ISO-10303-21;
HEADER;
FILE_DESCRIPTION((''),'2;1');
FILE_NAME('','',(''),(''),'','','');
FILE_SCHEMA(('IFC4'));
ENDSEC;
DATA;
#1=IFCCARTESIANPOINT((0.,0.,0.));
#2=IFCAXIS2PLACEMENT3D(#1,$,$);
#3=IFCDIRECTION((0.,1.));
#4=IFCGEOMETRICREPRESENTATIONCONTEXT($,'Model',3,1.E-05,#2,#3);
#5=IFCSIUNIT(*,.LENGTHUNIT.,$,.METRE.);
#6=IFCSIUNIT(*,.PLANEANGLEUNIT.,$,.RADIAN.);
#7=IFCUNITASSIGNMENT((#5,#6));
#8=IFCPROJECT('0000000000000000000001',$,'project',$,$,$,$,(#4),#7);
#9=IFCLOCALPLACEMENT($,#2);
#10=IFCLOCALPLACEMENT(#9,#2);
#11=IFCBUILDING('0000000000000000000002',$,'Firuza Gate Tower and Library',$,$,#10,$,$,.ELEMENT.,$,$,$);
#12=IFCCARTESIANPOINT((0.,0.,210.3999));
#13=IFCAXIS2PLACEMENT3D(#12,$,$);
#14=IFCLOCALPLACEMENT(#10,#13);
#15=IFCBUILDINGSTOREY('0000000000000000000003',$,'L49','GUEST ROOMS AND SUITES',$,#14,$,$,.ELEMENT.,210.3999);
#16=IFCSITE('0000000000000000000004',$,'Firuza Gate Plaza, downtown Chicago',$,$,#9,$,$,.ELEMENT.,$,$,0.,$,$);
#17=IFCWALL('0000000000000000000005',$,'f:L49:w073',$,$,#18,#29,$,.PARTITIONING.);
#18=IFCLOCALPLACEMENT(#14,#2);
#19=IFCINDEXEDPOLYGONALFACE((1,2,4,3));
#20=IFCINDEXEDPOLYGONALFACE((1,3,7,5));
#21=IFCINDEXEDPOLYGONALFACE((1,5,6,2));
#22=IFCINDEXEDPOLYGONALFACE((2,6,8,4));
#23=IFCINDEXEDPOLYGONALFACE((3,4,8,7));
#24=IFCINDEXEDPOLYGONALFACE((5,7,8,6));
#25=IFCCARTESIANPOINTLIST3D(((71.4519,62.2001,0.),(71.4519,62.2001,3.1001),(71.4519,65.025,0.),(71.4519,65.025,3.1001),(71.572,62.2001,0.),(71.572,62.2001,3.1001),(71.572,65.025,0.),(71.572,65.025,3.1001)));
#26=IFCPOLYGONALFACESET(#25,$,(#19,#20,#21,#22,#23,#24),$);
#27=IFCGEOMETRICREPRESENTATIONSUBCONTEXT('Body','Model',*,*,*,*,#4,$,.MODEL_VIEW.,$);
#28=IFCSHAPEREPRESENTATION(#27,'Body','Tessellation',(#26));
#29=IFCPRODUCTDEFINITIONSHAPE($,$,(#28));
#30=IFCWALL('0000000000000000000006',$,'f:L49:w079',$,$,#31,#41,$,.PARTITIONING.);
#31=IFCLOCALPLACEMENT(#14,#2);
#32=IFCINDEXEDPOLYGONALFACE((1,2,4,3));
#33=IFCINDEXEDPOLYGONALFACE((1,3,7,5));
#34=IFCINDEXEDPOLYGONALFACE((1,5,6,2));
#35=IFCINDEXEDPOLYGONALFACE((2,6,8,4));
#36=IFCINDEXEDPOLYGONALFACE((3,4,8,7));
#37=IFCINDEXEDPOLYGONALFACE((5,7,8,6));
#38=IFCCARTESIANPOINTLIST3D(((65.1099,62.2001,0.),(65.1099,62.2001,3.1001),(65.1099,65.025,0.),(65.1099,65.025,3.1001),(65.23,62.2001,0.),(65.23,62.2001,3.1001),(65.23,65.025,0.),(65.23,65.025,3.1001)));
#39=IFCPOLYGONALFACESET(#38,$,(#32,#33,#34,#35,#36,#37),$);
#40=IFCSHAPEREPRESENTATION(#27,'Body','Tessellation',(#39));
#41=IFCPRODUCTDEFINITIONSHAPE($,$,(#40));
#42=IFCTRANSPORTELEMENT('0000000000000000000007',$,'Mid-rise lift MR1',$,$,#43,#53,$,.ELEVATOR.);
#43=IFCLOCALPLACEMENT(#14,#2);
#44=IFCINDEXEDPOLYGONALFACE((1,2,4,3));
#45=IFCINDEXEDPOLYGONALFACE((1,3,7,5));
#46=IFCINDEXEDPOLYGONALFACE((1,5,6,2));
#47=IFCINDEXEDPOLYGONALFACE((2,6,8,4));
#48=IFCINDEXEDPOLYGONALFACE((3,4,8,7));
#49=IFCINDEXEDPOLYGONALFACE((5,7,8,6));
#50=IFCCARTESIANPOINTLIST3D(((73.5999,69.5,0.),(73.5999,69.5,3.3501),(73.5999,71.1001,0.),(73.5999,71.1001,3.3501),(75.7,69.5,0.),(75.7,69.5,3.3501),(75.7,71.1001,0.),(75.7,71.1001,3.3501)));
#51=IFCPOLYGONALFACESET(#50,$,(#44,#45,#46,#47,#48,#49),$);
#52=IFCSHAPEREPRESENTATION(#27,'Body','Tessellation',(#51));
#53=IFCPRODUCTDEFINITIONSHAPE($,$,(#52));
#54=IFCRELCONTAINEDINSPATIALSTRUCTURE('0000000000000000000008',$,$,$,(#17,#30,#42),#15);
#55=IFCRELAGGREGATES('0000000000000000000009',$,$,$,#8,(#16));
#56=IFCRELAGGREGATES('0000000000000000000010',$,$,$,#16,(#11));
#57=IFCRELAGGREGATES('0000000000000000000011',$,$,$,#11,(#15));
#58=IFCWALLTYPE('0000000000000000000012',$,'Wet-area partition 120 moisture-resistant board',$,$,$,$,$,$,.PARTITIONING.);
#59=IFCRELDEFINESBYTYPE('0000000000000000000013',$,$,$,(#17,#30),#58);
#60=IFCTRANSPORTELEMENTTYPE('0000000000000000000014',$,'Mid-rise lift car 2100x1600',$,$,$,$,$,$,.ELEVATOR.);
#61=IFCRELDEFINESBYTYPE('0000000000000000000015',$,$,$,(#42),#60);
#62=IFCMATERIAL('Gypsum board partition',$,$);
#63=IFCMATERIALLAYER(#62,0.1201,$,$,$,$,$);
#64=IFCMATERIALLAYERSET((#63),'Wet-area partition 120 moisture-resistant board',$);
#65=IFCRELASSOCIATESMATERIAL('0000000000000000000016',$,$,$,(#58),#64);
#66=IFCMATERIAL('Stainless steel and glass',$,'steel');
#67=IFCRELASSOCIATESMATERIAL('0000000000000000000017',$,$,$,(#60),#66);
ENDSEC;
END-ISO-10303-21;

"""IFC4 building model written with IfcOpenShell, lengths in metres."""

from ifc_helpers import new_model, si_unit, direction, frame, frame_2d, origin, origin_2d, place, context, subcontext, project, spatial, rectangle, extrude, material, layer, layer_set, type_object, element, save


model = new_model("IFC4")

# Units and contexts
model_context = context("Model", 3, precision=1e-05, world=origin(), true_north=direction((0.0, 1.0)))
body_context = subcontext(model_context, "Body", "Model", "MODEL_VIEW")
ifc_project = project(units=[si_unit("LENGTHUNIT", "METRE"), si_unit("PLANEANGLEUNIT", "RADIAN")], contexts=[model_context])

# Site, building, storey
site_placement = place(None, origin())
site = spatial("IfcSite", under=ifc_project, at=site_placement, Name="Firuza Gate Plaza, downtown Chicago", CompositionType="ELEMENT", RefElevation=0.0)
building_placement = place(site_placement, origin())
building = spatial("IfcBuilding", under=site, at=building_placement, Name="Firuza Gate Tower and Library", CompositionType="ELEMENT")
storey_placement = place(building_placement, frame((0.0, 0.0, 210.3999)))
storey = spatial("IfcBuildingStorey", under=building, at=storey_placement, Name="L49", Description="GUEST ROOMS AND SUITES", CompositionType="ELEMENT", Elevation=210.3999)

# Shared definitions
ifc_material_1 = material(Name="Gypsum board partition")
ifc_layer_1 = layer(ifc_material_1, 0.1201)
ifc_layer_set_1 = layer_set([ifc_layer_1], Name="Wet-area partition 120 moisture-resistant board")
wall_type_1 = type_object("IfcWallType", Name="Wet-area partition 120 moisture-resistant board", PredefinedType="PARTITIONING", material=ifc_layer_set_1)

# Walls
for number, where, z_axis, x_axis, name in (
    (1, (71.512, 62.2, 0.0), (0.0, 0.0, 1.0), (0.0, 1.0, 0.0), "f:L49:w073"),
    (2, (65.1699, 62.2, 0.0), (0.0, 0.0, 1.0), (0.0, 1.0, 0.0), "f:L49:w079"),
):
    element("IfcWall", number, at=place(storey_placement, frame(where, z_axis=z_axis, x_axis=x_axis)), inside=storey, type_object=wall_type_1, Name=name, PredefinedType="PARTITIONING", context=body_context, shape_type="SweptSolid", body=[
        extrude(rectangle(XDim=2.825, YDim=0.1201, at=frame_2d((1.4126, 0.0))), origin(), (0.0, 0.0, 1.0), 3.1001),
    ])

# Transport element
ifc_material_2 = material(Name="Stainless steel and glass", Category="steel")
transport_element_type = type_object("IfcTransportElementType", Name="Mid-rise lift car 2100x1600", PredefinedType="ELEVATOR", material=ifc_material_2)
transport_element_placement = place(storey_placement, frame((74.6499, 70.3, 0.0), z_axis=(0.0, 0.0, 1.0), x_axis=(1.0, 0.0, 0.0)))
element("IfcTransportElement", 3, at=transport_element_placement, inside=storey, type_object=transport_element_type, Name="Mid-rise lift MR1", PredefinedType="ELEVATOR", context=body_context, shape_type="SweptSolid", body=[
    extrude(rectangle(XDim=2.1001, YDim=1.6001, at=origin_2d()), origin(), (0.0, 0.0, 1.0), 3.3501),
])

save(model, "model.ifc")
